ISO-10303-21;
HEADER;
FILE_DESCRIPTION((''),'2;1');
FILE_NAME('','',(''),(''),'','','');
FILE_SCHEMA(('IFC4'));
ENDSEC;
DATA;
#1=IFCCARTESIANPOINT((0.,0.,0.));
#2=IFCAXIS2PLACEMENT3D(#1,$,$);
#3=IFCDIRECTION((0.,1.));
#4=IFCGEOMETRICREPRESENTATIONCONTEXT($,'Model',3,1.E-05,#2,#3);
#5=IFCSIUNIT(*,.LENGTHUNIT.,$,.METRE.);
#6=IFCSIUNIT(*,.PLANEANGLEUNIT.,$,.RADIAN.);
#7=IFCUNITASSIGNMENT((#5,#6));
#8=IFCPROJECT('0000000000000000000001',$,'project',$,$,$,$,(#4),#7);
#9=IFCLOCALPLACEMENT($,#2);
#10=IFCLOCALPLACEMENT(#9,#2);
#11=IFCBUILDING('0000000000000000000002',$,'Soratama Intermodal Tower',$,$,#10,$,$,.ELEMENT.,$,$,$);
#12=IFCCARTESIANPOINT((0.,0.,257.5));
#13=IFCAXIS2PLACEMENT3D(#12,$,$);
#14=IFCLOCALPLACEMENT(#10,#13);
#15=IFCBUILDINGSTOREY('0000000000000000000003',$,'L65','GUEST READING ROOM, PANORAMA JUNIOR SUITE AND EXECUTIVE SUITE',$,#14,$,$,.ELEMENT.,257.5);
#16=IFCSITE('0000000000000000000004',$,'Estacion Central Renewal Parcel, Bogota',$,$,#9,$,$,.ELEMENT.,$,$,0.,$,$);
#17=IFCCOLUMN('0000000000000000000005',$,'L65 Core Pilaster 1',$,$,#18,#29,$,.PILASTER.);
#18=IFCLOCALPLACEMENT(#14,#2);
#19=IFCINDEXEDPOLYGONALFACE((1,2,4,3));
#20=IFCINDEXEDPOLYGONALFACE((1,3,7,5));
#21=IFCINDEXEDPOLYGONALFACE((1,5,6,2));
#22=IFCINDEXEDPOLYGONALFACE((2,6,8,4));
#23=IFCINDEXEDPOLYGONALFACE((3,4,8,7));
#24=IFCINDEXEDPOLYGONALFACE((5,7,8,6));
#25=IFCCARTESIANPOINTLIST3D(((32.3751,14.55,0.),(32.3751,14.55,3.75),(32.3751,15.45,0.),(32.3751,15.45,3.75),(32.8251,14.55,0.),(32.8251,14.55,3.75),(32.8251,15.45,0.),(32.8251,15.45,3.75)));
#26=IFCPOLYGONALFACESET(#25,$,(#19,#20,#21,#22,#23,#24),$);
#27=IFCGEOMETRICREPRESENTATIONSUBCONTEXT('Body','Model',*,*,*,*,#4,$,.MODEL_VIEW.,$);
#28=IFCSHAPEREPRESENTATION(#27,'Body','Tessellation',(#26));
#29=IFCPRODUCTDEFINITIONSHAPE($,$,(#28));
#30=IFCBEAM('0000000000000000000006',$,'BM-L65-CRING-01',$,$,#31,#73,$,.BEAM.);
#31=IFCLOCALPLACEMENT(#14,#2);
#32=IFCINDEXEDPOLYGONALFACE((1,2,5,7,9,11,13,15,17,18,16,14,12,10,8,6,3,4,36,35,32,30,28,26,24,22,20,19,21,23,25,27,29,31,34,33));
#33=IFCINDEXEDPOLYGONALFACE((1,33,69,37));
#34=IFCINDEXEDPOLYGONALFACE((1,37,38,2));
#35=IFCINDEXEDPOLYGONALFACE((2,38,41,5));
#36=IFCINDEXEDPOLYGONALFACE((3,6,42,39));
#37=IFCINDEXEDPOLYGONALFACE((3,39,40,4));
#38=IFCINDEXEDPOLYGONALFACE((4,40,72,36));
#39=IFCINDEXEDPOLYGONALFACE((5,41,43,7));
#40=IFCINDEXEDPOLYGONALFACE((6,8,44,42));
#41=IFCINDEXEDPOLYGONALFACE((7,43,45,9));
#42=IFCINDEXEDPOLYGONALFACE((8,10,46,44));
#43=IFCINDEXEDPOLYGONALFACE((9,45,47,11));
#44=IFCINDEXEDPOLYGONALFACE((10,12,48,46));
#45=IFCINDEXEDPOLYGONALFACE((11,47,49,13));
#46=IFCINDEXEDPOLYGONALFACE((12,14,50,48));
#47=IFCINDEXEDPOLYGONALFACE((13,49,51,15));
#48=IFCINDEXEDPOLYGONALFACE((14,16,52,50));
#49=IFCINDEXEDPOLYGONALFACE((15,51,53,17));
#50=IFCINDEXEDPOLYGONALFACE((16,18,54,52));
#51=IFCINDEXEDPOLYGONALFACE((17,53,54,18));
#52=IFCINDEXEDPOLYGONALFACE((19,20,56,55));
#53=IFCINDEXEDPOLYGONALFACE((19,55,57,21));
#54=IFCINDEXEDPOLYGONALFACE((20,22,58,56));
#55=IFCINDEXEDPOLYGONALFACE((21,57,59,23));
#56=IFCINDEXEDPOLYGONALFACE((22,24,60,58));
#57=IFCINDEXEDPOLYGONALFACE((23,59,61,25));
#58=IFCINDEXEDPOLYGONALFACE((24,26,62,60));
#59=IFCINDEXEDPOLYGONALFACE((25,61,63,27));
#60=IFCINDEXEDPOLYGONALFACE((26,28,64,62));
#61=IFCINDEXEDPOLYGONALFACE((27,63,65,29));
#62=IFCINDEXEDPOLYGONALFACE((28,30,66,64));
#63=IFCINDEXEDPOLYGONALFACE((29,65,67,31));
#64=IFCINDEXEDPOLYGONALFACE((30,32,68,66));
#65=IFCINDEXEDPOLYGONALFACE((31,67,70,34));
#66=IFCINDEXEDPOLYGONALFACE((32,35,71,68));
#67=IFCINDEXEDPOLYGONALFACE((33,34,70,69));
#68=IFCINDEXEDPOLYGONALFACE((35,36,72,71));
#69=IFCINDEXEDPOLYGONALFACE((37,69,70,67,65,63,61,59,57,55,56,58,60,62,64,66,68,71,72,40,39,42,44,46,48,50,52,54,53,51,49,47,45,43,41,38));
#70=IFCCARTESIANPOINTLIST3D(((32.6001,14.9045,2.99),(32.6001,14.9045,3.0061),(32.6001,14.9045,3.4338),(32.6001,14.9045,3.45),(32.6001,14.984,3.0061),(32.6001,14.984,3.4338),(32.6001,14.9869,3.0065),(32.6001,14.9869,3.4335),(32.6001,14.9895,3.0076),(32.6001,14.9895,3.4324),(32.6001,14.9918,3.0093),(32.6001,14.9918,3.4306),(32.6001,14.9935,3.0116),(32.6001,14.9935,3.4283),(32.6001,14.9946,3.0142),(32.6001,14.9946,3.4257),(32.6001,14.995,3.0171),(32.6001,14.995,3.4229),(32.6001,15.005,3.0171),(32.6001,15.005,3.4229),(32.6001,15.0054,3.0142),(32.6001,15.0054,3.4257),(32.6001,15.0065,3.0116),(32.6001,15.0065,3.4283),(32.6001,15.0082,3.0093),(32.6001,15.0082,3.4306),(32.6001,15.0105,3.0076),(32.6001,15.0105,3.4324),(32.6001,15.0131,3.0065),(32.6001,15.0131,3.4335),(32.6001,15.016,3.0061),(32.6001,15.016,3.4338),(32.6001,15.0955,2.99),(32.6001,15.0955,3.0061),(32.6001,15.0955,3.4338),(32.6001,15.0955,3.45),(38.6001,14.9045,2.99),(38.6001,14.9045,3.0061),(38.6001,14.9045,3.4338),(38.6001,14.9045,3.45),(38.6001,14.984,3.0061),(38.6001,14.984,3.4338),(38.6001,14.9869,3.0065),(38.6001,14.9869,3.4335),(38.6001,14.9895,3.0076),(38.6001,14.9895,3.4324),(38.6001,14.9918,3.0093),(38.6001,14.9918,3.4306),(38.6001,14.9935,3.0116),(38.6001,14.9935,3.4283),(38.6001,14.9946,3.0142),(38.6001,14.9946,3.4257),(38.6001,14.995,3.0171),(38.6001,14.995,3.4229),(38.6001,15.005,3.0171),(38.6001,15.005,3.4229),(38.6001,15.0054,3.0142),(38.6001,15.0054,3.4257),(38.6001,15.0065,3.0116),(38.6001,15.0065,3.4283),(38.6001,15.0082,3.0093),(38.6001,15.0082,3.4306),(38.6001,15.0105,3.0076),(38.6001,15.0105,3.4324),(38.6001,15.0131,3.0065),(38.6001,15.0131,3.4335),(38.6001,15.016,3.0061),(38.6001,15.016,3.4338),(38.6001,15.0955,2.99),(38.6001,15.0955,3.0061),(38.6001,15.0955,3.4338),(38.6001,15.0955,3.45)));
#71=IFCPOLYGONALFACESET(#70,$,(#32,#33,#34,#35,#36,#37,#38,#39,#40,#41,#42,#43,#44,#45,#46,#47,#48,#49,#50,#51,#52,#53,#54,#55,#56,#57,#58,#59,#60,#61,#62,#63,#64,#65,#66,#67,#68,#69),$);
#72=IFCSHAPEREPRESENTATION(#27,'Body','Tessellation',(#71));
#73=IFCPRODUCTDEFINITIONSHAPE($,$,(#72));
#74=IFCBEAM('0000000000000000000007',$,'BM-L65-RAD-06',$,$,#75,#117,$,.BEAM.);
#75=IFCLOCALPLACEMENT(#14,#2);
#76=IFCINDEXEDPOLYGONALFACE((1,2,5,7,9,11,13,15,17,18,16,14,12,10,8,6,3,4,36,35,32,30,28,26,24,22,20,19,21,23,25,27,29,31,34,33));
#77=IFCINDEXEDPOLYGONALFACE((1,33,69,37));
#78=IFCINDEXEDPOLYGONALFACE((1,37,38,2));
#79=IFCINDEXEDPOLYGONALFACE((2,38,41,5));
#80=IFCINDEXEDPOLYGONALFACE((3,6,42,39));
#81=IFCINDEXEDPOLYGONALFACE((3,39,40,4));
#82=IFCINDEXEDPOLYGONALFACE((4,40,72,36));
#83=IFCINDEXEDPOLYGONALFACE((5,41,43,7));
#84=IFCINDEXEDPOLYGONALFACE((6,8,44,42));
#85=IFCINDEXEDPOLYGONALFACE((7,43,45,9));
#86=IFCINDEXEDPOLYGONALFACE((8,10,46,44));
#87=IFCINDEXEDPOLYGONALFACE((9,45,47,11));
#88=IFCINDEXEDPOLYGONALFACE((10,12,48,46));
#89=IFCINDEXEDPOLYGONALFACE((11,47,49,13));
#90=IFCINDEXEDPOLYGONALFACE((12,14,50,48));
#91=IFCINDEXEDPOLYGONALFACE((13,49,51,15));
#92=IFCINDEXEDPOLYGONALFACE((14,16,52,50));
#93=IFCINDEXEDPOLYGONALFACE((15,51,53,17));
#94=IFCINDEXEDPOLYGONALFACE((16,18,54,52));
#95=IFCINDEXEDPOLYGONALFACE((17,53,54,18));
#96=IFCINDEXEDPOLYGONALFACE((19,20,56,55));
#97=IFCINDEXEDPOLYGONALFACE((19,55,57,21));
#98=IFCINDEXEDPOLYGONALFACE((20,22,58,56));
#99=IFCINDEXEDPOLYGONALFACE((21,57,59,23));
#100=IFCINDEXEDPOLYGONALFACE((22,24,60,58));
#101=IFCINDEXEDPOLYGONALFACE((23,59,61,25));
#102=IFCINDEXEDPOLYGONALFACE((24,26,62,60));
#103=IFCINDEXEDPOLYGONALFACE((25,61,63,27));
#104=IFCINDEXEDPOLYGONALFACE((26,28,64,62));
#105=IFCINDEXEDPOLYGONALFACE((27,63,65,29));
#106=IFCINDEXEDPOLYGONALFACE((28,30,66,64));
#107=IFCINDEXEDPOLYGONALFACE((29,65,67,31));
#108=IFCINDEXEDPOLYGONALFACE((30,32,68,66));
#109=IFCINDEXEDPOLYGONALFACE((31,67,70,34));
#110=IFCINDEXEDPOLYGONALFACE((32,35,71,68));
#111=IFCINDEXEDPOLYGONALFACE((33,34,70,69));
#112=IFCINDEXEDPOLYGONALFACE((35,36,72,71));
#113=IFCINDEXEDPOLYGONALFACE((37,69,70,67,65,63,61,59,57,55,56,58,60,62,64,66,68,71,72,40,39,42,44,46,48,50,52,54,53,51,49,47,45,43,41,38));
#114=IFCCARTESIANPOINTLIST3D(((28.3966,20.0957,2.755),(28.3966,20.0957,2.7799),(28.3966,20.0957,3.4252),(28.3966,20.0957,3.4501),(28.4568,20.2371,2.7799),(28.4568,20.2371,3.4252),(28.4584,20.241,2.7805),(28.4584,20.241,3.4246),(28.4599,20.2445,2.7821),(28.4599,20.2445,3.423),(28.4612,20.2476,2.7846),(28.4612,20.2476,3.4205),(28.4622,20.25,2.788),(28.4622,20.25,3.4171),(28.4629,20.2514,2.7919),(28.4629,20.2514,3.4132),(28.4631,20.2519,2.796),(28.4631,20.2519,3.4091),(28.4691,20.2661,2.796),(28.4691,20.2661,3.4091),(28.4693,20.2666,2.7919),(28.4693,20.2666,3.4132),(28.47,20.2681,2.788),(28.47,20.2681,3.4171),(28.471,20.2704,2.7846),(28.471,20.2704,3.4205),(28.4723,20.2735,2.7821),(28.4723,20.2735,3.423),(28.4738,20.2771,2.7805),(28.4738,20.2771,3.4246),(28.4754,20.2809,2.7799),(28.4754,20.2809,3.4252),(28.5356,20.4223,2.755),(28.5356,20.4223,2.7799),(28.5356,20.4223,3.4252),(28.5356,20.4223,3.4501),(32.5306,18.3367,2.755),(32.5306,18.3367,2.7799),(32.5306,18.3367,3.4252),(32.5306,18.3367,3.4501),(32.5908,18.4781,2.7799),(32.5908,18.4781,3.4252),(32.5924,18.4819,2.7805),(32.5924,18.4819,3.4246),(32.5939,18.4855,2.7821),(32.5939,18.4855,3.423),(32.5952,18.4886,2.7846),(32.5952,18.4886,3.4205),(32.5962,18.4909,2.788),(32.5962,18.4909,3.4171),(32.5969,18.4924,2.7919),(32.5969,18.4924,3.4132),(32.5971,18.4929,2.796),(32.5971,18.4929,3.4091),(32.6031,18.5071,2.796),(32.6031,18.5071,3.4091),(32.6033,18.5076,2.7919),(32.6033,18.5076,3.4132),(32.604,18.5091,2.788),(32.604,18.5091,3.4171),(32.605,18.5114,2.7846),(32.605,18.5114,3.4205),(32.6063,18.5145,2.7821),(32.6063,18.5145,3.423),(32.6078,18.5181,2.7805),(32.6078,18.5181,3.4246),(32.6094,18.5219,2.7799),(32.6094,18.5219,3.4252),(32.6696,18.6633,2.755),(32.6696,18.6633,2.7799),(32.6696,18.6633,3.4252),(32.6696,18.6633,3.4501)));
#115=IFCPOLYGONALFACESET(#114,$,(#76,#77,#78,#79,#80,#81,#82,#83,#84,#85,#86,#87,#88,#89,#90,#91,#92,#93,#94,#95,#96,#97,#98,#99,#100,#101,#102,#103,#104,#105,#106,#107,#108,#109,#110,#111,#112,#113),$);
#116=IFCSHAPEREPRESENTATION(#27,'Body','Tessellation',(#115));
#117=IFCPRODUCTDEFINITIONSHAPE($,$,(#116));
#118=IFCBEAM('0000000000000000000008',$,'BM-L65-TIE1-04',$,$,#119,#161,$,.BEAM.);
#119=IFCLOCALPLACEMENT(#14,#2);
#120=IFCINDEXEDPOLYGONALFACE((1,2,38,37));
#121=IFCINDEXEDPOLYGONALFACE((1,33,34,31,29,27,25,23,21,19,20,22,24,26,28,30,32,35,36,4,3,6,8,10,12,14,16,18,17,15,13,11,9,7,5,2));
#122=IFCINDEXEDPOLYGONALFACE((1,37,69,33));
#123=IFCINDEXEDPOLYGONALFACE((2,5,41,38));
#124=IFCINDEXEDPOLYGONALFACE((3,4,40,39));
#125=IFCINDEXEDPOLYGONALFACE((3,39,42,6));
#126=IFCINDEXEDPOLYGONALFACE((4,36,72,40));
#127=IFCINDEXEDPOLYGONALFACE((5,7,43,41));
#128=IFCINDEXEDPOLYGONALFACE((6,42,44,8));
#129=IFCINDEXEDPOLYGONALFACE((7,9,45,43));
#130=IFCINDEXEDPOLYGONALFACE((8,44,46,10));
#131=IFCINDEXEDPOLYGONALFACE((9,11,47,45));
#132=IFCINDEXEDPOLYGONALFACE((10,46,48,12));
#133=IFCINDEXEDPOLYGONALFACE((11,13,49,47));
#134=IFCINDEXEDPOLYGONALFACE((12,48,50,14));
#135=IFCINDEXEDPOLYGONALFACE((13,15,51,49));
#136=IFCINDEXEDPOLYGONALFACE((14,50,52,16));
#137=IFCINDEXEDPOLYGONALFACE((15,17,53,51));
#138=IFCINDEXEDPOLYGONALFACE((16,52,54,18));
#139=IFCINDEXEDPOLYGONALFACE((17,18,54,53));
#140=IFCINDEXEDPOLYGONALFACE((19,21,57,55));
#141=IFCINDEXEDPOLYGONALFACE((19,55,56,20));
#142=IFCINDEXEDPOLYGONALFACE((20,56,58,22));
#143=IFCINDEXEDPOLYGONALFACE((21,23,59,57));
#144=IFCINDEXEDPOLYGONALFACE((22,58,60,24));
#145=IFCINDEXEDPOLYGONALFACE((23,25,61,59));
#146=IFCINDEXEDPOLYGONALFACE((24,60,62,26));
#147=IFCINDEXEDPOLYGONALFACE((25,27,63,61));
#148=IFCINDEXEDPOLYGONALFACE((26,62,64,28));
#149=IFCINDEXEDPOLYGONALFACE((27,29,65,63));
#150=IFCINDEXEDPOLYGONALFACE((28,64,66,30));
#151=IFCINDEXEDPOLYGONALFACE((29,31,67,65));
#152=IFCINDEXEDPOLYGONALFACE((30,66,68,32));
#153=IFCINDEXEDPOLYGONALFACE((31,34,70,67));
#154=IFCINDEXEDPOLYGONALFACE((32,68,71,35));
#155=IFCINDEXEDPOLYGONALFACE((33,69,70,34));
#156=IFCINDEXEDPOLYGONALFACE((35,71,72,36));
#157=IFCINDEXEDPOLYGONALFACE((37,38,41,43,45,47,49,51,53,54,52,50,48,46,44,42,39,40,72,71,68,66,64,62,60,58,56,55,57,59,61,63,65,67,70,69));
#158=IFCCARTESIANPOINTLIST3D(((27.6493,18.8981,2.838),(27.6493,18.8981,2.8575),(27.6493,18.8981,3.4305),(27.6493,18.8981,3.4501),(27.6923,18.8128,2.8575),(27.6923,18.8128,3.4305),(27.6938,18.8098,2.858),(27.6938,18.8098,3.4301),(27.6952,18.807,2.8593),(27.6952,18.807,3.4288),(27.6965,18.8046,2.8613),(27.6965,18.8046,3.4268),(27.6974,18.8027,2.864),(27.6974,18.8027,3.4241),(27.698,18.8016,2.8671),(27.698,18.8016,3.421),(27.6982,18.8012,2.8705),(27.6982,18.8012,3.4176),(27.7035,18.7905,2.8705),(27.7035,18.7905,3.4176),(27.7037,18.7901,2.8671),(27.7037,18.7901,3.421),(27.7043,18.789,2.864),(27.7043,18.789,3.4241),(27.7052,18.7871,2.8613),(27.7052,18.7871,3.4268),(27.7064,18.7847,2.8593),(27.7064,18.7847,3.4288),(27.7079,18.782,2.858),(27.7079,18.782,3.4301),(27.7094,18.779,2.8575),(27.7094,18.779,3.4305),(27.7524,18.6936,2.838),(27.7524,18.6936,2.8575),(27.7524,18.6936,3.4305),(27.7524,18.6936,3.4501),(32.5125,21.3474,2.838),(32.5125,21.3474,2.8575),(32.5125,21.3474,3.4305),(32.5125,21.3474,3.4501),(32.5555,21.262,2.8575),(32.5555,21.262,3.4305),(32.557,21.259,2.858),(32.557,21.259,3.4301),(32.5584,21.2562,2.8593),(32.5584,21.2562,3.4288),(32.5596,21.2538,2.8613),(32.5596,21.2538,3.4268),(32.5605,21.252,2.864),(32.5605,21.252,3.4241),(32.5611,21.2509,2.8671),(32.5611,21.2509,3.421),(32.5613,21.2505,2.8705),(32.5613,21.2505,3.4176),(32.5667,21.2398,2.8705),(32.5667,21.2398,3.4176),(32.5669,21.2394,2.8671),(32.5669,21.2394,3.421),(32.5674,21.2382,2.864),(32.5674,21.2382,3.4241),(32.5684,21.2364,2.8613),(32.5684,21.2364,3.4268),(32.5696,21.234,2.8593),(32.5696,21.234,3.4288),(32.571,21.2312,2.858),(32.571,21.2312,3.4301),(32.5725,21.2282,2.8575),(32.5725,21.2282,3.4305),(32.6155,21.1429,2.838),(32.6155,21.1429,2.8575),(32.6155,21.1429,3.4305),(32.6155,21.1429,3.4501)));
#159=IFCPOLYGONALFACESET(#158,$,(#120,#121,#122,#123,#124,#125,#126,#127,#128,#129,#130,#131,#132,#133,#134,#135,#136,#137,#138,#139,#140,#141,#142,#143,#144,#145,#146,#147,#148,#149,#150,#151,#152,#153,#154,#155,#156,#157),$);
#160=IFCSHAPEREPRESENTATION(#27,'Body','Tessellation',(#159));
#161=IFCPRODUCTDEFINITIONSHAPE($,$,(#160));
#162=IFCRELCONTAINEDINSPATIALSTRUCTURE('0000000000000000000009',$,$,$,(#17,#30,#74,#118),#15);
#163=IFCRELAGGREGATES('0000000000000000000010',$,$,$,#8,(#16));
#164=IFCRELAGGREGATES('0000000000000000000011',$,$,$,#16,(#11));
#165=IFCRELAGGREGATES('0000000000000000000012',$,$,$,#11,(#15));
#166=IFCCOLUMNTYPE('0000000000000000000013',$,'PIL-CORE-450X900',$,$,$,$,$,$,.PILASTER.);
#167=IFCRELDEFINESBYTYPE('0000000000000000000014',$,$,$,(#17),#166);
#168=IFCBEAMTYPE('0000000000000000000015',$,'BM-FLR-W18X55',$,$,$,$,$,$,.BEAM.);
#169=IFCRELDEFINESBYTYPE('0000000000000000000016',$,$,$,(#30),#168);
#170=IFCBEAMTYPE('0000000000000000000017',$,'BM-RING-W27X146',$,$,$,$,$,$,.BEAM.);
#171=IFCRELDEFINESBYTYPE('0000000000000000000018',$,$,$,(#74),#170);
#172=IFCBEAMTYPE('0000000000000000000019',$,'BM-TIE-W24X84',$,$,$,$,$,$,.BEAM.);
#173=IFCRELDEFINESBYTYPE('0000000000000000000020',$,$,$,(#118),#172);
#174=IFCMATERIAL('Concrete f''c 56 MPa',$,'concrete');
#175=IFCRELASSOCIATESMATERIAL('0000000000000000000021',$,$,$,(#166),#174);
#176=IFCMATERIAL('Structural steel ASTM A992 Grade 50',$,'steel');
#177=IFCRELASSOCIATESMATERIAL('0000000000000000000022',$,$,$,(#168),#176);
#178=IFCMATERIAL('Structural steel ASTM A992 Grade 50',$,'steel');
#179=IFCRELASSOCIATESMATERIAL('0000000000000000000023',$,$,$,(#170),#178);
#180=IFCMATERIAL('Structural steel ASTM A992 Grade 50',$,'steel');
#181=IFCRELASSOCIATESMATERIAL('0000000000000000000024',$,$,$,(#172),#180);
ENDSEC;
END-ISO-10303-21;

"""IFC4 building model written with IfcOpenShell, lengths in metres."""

from ifc_helpers import new_model, si_unit, direction, frame, origin, origin_2d, place, context, subcontext, project, spatial, rectangle, i_section, extrude, material, material_profile, profile_set, type_object, element, save


model = new_model("IFC4")

# Units and contexts
model_context = context("Model", 3, precision=1e-05, world=origin(), true_north=direction((0.0, 1.0)))
body_context = subcontext(model_context, "Body", "Model", "MODEL_VIEW")
ifc_project = project(units=[si_unit("LENGTHUNIT", "METRE"), si_unit("PLANEANGLEUNIT", "RADIAN")], contexts=[model_context])

# Site, building, storey
site_placement = place(None, origin())
site = spatial("IfcSite", under=ifc_project, at=site_placement, Name="Estacion Central Renewal Parcel, Bogota", CompositionType="ELEMENT", RefElevation=0.0)
building_placement = place(site_placement, origin())
building = spatial("IfcBuilding", under=site, at=building_placement, Name="Soratama Intermodal Tower", CompositionType="ELEMENT")
storey_placement = place(building_placement, frame((0.0, 0.0, 257.5)))
storey = spatial("IfcBuildingStorey", under=building, at=storey_placement, Name="L65", Description="GUEST READING ROOM, PANORAMA JUNIOR SUITE AND EXECUTIVE SUITE", CompositionType="ELEMENT", Elevation=257.5)

# Column
ifc_material_1 = material(Name="Concrete f'c 56 MPa", Category="concrete")
ifc_material_profile_1 = material_profile(ifc_material_1, rectangle(XDim=0.45, YDim=0.8999, at=origin_2d()), Name="RC450X900")
ifc_profile_set_1 = profile_set([ifc_material_profile_1], Name="Concrete f'c 56 MPa")
column_type = type_object("IfcColumnType", Name="PIL-CORE-450X900", PredefinedType="PILASTER", material=ifc_profile_set_1)
column_placement = place(storey_placement, frame((32.6001, 15.0, 0.0), z_axis=(0.0, 0.0, 1.0), x_axis=(1.0, 0.0, 0.0)))
element("IfcColumn", 1, at=column_placement, inside=storey, type_object=column_type, Name="L65 Core Pilaster 1", PredefinedType="PILASTER", context=body_context, shape_type="SweptSolid", body=[
    extrude(rectangle(XDim=0.45, YDim=0.8999, at=origin_2d()), origin(), (0.0, 0.0, 1.0), 3.75),
])

# Beams
ifc_material_2 = material(Name="Structural steel ASTM A992 Grade 50", Category="steel")
ifc_material_profile_2 = material_profile(ifc_material_2, i_section(OverallWidth=0.1909, OverallDepth=0.46, WebThickness=0.01, FlangeThickness=0.0161, FilletRadius=0.011, at=origin_2d()), Name="W18X55")
ifc_profile_set_2 = profile_set([ifc_material_profile_2], Name="Structural steel ASTM A992 Grade 50")
beam_type_1 = type_object("IfcBeamType", Name="BM-FLR-W18X55", PredefinedType="BEAM", material=ifc_profile_set_2)
beam_1_placement = place(storey_placement, frame((32.6001, 15.0, 3.22), z_axis=(1.0, 0.0, 0.0), x_axis=(0.0, 1.0, 0.0)))
element("IfcBeam", 2, at=beam_1_placement, inside=storey, type_object=beam_type_1, Name="BM-L65-CRING-01", PredefinedType="BEAM", context=body_context, shape_type="SweptSolid", body=[
    extrude(i_section(OverallWidth=0.1909, OverallDepth=0.46, WebThickness=0.01, FlangeThickness=0.0161, FilletRadius=0.011, at=origin_2d()), origin(), (0.0, 0.0, 1.0), 6.0),
])
ifc_material_3 = material(Name="Structural steel ASTM A992 Grade 50", Category="steel")
ifc_material_profile_3 = material_profile(ifc_material_3, i_section(OverallWidth=0.355, OverallDepth=0.6951, WebThickness=0.0154, FlangeThickness=0.0249, FilletRadius=0.0161, at=origin_2d()), Name="W27X146")
ifc_profile_set_3 = profile_set([ifc_material_profile_3], Name="Structural steel ASTM A992 Grade 50")
beam_type_2 = type_object("IfcBeamType", Name="BM-RING-W27X146", PredefinedType="BEAM", material=ifc_profile_set_3)
beam_2_placement = place(storey_placement, frame((32.6001, 18.5, 3.1025), z_axis=(-0.920165, 0.391531, 0.0), x_axis=(-0.391531, -0.920165, 0.0)))
element("IfcBeam", 3, at=beam_2_placement, inside=storey, type_object=beam_type_2, Name="BM-L65-RAD-06", PredefinedType="BEAM", context=body_context, shape_type="SweptSolid", body=[
    extrude(i_section(OverallWidth=0.355, OverallDepth=0.6951, WebThickness=0.0154, FlangeThickness=0.0249, FilletRadius=0.0161, at=origin_2d()), origin(), (0.0, 0.0, 1.0), 4.4927),
])
ifc_material_4 = material(Name="Structural steel ASTM A992 Grade 50", Category="steel")
ifc_material_profile_4 = material_profile(ifc_material_4, i_section(OverallWidth=0.229, OverallDepth=0.6121, WebThickness=0.012, FlangeThickness=0.0195, FilletRadius=0.0129, at=origin_2d()), Name="W24X84")
ifc_profile_set_4 = profile_set([ifc_material_profile_4], Name="Structural steel ASTM A992 Grade 50")
beam_type_3 = type_object("IfcBeamType", Name="BM-TIE-W24X84", PredefinedType="BEAM", material=ifc_profile_set_4)
beam_3_placement = place(storey_placement, frame((32.564, 21.2451, 3.144), z_axis=(-0.893123, -0.449812, 0.0), x_axis=(0.449812, -0.893123, 0.0)))
element("IfcBeam", 4, at=beam_3_placement, inside=storey, type_object=beam_type_3, Name="BM-L65-TIE1-04", PredefinedType="BEAM", context=body_context, shape_type="SweptSolid", body=[
    extrude(i_section(OverallWidth=0.229, OverallDepth=0.6121, WebThickness=0.012, FlangeThickness=0.0195, FilletRadius=0.0129, at=origin_2d()), origin(), (0.0, 0.0, 1.0), 5.4451),
])

save(model, "model.ifc")
